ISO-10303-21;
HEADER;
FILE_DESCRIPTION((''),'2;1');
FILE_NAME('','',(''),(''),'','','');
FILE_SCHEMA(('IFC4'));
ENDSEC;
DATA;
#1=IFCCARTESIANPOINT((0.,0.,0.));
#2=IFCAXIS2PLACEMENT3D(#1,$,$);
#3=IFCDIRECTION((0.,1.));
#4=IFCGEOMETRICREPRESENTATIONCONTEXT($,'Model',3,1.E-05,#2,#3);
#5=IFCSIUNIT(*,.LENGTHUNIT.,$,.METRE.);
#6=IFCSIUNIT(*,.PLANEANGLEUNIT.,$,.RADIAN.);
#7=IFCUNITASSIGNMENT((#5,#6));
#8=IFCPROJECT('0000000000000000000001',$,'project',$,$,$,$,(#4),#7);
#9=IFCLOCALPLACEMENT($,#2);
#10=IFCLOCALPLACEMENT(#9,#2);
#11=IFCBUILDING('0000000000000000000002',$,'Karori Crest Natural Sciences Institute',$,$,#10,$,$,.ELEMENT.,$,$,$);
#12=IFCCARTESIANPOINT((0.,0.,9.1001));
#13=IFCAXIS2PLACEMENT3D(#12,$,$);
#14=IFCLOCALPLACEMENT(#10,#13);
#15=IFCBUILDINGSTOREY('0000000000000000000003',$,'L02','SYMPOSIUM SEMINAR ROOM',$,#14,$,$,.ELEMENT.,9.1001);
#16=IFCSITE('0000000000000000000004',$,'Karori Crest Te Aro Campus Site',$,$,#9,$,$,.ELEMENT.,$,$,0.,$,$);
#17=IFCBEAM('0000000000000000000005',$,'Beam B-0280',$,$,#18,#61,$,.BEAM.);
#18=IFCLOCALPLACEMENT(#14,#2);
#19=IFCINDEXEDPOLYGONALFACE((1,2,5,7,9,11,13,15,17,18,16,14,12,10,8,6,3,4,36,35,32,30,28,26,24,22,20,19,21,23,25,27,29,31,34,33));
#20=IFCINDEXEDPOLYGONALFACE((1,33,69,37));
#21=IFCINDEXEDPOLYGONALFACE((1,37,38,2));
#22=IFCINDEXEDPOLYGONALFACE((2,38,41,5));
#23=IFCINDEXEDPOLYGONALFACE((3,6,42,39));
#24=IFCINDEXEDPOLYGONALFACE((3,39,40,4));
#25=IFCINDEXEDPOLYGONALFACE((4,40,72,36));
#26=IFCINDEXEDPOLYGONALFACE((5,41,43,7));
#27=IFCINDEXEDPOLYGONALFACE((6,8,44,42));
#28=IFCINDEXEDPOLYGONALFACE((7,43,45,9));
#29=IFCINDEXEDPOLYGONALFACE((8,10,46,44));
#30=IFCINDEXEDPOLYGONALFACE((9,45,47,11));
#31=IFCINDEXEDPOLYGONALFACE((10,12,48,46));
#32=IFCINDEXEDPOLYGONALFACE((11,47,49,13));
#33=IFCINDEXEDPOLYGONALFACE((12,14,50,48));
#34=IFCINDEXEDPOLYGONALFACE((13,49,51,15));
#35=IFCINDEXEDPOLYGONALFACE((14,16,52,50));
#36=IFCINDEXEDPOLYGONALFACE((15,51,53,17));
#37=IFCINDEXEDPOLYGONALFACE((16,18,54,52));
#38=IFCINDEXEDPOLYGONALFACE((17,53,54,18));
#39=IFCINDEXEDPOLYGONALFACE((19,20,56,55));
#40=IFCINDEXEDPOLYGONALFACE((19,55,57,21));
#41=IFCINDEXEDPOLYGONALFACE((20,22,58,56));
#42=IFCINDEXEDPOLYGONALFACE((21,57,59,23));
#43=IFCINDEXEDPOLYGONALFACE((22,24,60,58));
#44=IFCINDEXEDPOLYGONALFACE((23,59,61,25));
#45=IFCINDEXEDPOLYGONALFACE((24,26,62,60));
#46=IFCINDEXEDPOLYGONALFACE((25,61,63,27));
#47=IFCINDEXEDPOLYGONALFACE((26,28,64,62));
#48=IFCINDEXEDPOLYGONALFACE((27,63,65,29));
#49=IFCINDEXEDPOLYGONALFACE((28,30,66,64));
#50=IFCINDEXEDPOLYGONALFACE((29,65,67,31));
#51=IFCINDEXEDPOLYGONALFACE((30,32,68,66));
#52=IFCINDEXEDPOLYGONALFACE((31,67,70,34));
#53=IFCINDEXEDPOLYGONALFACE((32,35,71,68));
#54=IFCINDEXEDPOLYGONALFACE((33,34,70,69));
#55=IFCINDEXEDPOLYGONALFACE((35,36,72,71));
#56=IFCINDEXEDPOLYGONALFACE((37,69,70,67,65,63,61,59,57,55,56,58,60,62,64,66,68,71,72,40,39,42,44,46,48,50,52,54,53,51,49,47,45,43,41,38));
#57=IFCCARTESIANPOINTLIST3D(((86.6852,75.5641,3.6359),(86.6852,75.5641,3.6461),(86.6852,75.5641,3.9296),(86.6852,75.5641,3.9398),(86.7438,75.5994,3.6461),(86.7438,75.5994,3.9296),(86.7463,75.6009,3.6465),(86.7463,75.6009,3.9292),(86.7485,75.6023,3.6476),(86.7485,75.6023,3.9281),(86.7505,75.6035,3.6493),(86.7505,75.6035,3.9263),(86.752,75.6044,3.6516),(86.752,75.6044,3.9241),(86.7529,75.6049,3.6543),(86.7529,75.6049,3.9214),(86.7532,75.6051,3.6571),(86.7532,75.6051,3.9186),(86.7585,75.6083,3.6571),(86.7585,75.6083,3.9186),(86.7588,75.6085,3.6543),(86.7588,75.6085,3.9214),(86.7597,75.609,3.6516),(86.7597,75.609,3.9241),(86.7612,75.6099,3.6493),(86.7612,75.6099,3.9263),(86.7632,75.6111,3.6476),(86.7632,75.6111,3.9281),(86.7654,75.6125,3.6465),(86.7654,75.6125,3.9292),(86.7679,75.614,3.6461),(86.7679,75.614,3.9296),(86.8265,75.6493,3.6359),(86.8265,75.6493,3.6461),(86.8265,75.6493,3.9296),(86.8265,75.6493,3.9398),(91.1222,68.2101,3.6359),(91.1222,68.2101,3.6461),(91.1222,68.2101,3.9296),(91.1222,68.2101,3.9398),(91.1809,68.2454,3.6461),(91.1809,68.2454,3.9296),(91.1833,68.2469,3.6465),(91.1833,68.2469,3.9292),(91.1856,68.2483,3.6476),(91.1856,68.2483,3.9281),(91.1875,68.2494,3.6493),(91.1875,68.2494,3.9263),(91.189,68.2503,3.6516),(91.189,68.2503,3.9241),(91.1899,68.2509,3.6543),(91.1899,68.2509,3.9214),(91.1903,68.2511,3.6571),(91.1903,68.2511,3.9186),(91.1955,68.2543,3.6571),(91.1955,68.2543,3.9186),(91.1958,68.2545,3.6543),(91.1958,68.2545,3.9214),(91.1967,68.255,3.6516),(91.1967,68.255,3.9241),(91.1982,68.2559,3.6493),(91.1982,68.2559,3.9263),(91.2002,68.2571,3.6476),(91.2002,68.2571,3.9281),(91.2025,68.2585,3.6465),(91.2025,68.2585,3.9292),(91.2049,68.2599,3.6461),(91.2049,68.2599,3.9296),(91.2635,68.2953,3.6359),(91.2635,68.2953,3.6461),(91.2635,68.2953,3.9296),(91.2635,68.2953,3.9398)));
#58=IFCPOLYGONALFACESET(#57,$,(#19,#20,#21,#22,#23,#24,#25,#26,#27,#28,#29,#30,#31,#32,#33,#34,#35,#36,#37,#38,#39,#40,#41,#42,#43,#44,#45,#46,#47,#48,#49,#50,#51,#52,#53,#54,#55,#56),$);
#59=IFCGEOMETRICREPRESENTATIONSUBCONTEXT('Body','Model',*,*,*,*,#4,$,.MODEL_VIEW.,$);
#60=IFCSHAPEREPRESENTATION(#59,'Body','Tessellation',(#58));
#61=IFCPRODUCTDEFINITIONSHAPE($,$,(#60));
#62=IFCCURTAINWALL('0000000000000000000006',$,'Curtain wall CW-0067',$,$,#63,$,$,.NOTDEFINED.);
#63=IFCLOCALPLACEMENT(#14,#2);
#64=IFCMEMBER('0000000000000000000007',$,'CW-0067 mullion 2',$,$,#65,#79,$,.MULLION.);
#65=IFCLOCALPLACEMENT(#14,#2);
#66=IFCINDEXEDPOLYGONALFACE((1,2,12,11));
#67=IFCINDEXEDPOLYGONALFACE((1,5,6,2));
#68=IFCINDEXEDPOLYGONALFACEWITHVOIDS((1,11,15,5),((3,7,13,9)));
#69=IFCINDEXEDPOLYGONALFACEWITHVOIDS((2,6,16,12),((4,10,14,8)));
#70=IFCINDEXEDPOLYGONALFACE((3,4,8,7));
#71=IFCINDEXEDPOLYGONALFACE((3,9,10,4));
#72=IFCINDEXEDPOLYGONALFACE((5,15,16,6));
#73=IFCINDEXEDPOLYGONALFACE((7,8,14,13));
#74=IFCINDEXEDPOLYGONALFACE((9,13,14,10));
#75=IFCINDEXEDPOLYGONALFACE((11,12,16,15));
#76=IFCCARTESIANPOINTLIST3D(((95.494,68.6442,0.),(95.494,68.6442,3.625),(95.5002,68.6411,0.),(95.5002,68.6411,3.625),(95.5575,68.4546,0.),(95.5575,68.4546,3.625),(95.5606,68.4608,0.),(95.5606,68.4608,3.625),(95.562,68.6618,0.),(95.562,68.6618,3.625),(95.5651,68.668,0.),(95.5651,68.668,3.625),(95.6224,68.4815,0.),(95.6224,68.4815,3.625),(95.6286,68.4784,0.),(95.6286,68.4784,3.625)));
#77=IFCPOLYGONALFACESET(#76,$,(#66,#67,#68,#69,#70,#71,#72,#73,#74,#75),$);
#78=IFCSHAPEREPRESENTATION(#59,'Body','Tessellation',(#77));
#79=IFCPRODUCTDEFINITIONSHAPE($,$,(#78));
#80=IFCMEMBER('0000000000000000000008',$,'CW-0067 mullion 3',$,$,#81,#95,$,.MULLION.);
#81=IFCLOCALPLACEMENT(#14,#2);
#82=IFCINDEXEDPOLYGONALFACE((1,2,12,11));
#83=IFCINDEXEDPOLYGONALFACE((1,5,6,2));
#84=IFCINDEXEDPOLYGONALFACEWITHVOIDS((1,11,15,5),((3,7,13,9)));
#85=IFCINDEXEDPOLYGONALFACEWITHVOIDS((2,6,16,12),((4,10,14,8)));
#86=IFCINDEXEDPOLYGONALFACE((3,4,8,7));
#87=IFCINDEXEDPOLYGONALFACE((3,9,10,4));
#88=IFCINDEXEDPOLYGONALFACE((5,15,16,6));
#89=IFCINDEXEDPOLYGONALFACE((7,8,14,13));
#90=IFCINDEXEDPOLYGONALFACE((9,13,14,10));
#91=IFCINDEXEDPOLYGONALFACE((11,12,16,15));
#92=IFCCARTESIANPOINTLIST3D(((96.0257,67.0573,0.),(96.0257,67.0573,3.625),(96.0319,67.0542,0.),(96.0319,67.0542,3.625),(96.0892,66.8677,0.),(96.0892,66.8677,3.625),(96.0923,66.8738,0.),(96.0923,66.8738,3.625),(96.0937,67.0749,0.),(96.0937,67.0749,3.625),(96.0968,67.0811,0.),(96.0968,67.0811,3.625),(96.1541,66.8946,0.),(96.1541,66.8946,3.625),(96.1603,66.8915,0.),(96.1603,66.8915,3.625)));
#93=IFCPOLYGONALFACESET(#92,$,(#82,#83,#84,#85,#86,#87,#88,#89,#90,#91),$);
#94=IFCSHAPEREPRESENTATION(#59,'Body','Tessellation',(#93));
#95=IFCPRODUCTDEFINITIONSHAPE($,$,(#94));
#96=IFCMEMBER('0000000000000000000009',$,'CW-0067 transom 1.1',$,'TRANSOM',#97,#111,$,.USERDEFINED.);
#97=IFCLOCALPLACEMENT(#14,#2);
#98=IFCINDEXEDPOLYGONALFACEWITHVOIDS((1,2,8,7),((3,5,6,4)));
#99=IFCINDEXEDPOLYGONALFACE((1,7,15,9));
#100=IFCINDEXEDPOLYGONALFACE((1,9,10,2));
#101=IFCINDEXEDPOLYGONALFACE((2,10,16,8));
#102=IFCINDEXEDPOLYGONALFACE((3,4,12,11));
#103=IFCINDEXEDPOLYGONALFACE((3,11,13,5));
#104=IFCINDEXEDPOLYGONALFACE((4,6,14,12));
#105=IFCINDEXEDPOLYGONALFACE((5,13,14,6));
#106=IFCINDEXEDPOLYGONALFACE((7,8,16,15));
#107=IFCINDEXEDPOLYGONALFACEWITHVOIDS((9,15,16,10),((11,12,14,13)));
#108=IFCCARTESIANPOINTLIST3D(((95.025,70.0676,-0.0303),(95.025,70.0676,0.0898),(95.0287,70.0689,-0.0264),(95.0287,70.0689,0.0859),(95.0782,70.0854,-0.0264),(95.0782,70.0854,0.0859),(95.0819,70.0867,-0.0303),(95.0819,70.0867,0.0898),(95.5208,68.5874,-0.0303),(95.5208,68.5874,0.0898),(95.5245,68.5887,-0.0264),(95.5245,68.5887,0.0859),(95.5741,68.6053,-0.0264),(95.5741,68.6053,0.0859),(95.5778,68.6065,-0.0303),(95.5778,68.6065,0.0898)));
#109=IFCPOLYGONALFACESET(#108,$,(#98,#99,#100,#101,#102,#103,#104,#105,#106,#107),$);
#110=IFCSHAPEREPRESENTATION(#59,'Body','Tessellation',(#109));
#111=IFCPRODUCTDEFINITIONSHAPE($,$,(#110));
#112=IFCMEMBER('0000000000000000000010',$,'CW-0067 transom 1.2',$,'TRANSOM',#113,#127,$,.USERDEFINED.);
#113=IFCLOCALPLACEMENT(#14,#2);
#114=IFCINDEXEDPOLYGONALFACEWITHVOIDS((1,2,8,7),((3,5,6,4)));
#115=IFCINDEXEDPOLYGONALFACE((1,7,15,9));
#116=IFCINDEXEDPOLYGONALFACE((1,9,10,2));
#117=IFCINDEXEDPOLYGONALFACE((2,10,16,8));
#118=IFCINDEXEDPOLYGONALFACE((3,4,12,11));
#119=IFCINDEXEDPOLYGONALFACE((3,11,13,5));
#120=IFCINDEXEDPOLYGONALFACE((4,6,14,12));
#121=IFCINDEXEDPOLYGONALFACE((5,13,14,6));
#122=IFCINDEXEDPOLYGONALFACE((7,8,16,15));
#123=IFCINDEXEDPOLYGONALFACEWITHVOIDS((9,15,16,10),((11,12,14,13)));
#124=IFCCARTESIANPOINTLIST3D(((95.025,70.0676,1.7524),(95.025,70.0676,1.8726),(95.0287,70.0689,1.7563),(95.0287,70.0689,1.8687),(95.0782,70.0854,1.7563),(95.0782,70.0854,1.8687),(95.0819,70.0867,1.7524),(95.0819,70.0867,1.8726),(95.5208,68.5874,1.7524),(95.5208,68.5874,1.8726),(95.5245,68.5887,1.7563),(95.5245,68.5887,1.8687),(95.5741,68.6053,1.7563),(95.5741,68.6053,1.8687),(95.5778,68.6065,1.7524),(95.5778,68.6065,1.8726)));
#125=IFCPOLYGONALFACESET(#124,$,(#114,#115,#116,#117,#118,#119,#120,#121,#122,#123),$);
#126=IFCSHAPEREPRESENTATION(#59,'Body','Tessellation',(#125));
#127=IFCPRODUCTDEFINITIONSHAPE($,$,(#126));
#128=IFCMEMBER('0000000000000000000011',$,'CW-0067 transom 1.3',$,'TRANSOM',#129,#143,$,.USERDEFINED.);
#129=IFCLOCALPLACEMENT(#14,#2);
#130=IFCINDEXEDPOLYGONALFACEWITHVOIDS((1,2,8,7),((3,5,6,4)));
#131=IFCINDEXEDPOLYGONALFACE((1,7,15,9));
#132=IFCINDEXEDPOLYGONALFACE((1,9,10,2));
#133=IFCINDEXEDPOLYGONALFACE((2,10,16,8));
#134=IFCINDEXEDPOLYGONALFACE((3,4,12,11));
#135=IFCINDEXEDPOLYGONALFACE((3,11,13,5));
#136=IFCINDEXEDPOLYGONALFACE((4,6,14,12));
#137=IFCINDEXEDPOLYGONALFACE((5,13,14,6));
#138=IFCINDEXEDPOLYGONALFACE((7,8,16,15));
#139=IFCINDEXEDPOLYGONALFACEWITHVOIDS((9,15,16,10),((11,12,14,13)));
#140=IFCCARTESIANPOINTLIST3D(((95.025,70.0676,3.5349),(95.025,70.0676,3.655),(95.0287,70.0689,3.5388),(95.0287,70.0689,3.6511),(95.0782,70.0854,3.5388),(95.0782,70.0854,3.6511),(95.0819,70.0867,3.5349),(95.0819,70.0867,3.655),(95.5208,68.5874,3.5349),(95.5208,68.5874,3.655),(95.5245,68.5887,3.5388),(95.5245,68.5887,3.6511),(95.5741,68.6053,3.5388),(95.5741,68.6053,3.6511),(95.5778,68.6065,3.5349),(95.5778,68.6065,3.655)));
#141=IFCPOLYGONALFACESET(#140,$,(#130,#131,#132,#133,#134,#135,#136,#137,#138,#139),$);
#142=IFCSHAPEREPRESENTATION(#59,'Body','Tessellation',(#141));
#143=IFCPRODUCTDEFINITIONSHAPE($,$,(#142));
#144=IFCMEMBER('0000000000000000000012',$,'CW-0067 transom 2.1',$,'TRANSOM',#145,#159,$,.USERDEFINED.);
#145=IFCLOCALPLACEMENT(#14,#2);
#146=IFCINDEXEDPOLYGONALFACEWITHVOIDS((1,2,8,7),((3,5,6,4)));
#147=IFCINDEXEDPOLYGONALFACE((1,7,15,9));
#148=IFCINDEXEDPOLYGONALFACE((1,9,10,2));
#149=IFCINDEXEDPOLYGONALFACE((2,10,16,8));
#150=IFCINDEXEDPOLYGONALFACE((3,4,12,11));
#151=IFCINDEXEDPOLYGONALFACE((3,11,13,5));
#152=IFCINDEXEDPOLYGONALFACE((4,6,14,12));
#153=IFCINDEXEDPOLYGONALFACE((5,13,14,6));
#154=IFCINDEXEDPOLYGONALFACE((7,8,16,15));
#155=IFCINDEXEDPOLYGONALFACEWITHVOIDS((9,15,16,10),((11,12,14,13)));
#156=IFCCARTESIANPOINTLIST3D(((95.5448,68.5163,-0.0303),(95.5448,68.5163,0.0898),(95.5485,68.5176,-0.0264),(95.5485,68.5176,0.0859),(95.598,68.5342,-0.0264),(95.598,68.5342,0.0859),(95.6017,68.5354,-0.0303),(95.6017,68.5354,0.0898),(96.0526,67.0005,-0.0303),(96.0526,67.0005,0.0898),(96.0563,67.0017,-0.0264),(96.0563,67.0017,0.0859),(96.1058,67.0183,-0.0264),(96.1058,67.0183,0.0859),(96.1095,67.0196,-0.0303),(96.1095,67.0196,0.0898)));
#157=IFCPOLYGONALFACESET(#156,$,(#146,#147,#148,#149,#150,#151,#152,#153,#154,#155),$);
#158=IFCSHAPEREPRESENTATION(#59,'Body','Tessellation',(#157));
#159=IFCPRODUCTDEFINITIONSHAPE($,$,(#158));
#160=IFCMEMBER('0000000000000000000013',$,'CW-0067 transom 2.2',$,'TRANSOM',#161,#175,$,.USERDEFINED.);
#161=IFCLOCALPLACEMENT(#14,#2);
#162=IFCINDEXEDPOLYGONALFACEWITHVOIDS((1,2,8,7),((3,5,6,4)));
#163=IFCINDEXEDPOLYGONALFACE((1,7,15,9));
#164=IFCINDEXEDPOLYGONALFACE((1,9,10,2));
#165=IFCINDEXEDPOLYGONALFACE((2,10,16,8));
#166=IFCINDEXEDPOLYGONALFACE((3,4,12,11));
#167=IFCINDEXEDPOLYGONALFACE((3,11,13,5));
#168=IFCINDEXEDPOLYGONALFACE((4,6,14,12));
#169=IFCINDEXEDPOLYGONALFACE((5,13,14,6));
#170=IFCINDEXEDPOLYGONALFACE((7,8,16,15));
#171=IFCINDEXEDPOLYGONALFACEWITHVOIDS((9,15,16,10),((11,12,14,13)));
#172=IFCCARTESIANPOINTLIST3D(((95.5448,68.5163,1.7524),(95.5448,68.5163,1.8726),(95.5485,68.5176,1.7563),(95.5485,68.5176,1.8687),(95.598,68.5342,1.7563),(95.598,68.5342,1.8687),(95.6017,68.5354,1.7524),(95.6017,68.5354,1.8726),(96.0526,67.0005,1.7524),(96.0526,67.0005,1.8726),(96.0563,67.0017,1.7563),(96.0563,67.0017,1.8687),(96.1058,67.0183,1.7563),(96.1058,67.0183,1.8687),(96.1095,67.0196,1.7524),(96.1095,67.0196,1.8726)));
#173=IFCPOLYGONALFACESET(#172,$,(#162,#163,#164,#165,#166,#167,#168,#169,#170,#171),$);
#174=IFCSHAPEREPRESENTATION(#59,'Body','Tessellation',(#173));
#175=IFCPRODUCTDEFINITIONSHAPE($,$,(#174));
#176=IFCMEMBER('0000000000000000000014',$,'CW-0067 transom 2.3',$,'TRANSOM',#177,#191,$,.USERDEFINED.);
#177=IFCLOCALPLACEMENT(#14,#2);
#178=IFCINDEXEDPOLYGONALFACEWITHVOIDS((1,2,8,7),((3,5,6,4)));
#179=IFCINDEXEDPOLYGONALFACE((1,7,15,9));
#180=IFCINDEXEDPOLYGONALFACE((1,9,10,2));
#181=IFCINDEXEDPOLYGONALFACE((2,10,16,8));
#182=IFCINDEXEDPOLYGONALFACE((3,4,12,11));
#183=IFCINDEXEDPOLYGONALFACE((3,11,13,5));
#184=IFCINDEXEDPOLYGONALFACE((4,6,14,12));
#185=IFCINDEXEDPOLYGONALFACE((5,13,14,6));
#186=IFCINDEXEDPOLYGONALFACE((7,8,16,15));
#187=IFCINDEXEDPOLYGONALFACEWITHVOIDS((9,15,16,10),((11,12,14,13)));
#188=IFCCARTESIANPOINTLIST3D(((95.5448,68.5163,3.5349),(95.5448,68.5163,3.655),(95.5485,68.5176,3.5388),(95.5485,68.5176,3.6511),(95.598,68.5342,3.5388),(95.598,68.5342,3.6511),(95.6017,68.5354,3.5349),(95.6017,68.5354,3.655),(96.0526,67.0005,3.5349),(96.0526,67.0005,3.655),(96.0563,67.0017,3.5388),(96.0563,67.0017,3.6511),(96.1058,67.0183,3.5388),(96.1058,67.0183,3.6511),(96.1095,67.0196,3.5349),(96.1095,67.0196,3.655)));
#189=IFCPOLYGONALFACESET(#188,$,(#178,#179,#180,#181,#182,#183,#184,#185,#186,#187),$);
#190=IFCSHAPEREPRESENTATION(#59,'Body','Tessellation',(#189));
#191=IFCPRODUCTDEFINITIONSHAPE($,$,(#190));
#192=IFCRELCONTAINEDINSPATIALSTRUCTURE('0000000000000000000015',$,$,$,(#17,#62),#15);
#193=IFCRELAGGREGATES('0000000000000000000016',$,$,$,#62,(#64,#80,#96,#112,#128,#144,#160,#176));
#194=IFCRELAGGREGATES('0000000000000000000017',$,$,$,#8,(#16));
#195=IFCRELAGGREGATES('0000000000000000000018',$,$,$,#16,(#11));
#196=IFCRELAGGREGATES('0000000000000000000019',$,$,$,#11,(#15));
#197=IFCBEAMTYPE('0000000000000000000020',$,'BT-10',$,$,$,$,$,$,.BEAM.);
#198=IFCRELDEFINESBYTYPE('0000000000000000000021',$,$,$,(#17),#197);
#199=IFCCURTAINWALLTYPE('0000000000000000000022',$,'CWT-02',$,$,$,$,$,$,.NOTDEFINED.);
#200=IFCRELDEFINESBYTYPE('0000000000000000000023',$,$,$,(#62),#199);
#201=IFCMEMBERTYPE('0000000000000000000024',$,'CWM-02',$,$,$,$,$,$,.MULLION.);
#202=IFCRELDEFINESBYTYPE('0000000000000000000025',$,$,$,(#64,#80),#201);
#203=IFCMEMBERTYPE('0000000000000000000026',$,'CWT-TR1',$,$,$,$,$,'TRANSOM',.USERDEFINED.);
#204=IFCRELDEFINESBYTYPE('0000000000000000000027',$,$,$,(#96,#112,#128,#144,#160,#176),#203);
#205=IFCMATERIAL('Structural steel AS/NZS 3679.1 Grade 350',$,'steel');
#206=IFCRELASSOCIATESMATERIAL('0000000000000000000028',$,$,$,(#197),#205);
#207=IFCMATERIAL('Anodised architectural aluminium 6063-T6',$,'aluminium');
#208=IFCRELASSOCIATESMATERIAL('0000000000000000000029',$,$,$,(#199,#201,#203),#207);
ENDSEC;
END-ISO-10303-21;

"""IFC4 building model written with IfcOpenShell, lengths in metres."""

from ifc_helpers import new_model, si_unit, direction, frame, origin, origin_2d, place, context, subcontext, project, spatial, hollow_rectangle, i_section, extrude, material, material_profile, profile_set, type_object, element, aggregate, save


model = new_model("IFC4")

# Units and contexts
model_context = context("Model", 3, precision=1e-05, world=origin(), true_north=direction((0.0, 1.0)))
body_context = subcontext(model_context, "Body", "Model", "MODEL_VIEW")
ifc_project = project(units=[si_unit("LENGTHUNIT", "METRE"), si_unit("PLANEANGLEUNIT", "RADIAN")], contexts=[model_context])

# Site, building, storey
site_placement = place(None, origin())
site = spatial("IfcSite", under=ifc_project, at=site_placement, Name="Karori Crest Te Aro Campus Site", CompositionType="ELEMENT", RefElevation=0.0)
building_placement = place(site_placement, origin())
building = spatial("IfcBuilding", under=site, at=building_placement, Name="Karori Crest Natural Sciences Institute", CompositionType="ELEMENT")
storey_placement = place(building_placement, frame((0.0, 0.0, 9.1001)))
storey = spatial("IfcBuildingStorey", under=building, at=storey_placement, Name="L02", Description="SYMPOSIUM SEMINAR ROOM", CompositionType="ELEMENT", Elevation=9.1001)

# Beam
ifc_material_1 = material(Name="Structural steel AS/NZS 3679.1 Grade 350", Category="steel")
ifc_material_profile_1 = material_profile(ifc_material_1, i_section(OverallWidth=0.165, OverallDepth=0.304, WebThickness=0.0061, FlangeThickness=0.0103, FilletRadius=0.011, at=origin_2d()), Name="310UB40.4")
ifc_profile_set_1 = profile_set([ifc_material_profile_1], Name="Structural steel AS/NZS 3679.1 Grade 350")
beam_type = type_object("IfcBeamType", Name="BT-10", PredefinedType="BEAM", material=ifc_profile_set_1)
beam_placement = place(storey_placement, frame((91.1929, 68.2527, 3.7878), z_axis=(-0.516601, 0.856226, 0.0), x_axis=(-0.856226, -0.516601, 0.0)))
element("IfcBeam", 1, at=beam_placement, inside=storey, type_object=beam_type, Name="Beam B-0280", PredefinedType="BEAM", context=body_context, shape_type="SweptSolid", body=[
    extrude(i_section(OverallWidth=0.165, OverallDepth=0.304, WebThickness=0.0061, FlangeThickness=0.0103, FilletRadius=0.011, at=origin_2d()), origin(), (0.0, 0.0, 1.0), 8.5889),
])

# Curtain wall, members
ifc_material_2 = material(Name="Anodised architectural aluminium 6063-T6", Category="aluminium")
curtain_wall_type = type_object("IfcCurtainWallType", Name="CWT-02", PredefinedType="NOTDEFINED", material=ifc_material_2)
curtain_wall_placement = place(storey_placement, origin())
curtain_wall = element("IfcCurtainWall", 2, at=curtain_wall_placement, inside=storey, type_object=curtain_wall_type, Name="Curtain wall CW-0067", PredefinedType="NOTDEFINED")
ifc_material_profile_2 = material_profile(ifc_material_2, hollow_rectangle(XDim=0.075, YDim=0.2, WallThickness=0.0049, at=origin_2d()), Name="CWM200x75x5")
ifc_profile_set_2 = profile_set([ifc_material_profile_2], Name="Anodised architectural aluminium 6063-T6")
member_type_1 = type_object("IfcMemberType", Name="CWM-02", PredefinedType="MULLION", material=ifc_profile_set_2)
member_1_placement = place(storey_placement, frame((95.5613, 68.5613, 0.0), z_axis=(0.0, 0.0, 1.0), x_axis=(0.948196, 0.317685, 0.0)))
member_1 = element("IfcMember", 3, at=member_1_placement, type_object=member_type_1, Name="CW-0067 mullion 2", PredefinedType="MULLION", context=body_context, shape_type="SweptSolid", body=[
    extrude(hollow_rectangle(XDim=0.075, YDim=0.2, WallThickness=0.0049, at=origin_2d()), origin(), (0.0, 0.0, 1.0), 3.625),
])
member_2_placement = place(storey_placement, frame((96.093, 66.9744, 0.0), z_axis=(0.0, 0.0, 1.0), x_axis=(0.948196, 0.317685, 0.0)))
member_2 = element("IfcMember", 4, at=member_2_placement, type_object=member_type_1, Name="CW-0067 mullion 3", PredefinedType="MULLION", context=body_context, shape_type="SweptSolid", body=[
    extrude(hollow_rectangle(XDim=0.075, YDim=0.2, WallThickness=0.0049, at=origin_2d()), origin(), (0.0, 0.0, 1.0), 3.625),
])
ifc_material_profile_3 = material_profile(ifc_material_2, hollow_rectangle(XDim=0.0601, YDim=0.1201, WallThickness=0.0039, at=origin_2d()), Name="CWT120x60x4")
ifc_profile_set_3 = profile_set([ifc_material_profile_3], Name="Anodised architectural aluminium 6063-T6")
member_type_2 = type_object("IfcMemberType", Name="CWT-TR1", ElementType="TRANSOM", PredefinedType="USERDEFINED", material=ifc_profile_set_3)
member_3_placement = place(storey_placement, frame((95.0535, 70.0771, 0.0298), z_axis=(0.317635, -0.948213, 0.0), x_axis=(0.948213, 0.317635, 0.0)))
member_3 = element("IfcMember", 5, at=member_3_placement, type_object=member_type_2, Name="CW-0067 transom 1.1", ObjectType="TRANSOM", PredefinedType="USERDEFINED", context=body_context, shape_type="SweptSolid", body=[
    extrude(hollow_rectangle(XDim=0.0601, YDim=0.1201, WallThickness=0.0039, at=origin_2d()), origin(), (0.0, 0.0, 1.0), 1.561),
])
member_4_placement = place(storey_placement, frame((95.0535, 70.0771, 1.8125), z_axis=(0.317635, -0.948213, 0.0), x_axis=(0.948213, 0.317635, 0.0)))
member_4 = element("IfcMember", 6, at=member_4_placement, type_object=member_type_2, Name="CW-0067 transom 1.2", ObjectType="TRANSOM", PredefinedType="USERDEFINED", context=body_context, shape_type="SweptSolid", body=[
    extrude(hollow_rectangle(XDim=0.0601, YDim=0.1201, WallThickness=0.0039, at=origin_2d()), origin(), (0.0, 0.0, 1.0), 1.561),
])
member_5_placement = place(storey_placement, frame((95.0535, 70.0771, 3.595), z_axis=(0.317635, -0.948213, 0.0), x_axis=(0.948213, 0.317635, 0.0)))
member_5 = element("IfcMember", 7, at=member_5_placement, type_object=member_type_2, Name="CW-0067 transom 1.3", ObjectType="TRANSOM", PredefinedType="USERDEFINED", context=body_context, shape_type="SweptSolid", body=[
    extrude(hollow_rectangle(XDim=0.0601, YDim=0.1201, WallThickness=0.0039, at=origin_2d()), origin(), (0.0, 0.0, 1.0), 1.561),
])
member_6_placement = place(storey_placement, frame((95.5732, 68.5259, 0.0298), z_axis=(0.317648, -0.948209, 0.0), x_axis=(0.948209, 0.317648, 0.0)))
member_6 = element("IfcMember", 8, at=member_6_placement, type_object=member_type_2, Name="CW-0067 transom 2.1", ObjectType="TRANSOM", PredefinedType="USERDEFINED", context=body_context, shape_type="SweptSolid", body=[
    extrude(hollow_rectangle(XDim=0.0601, YDim=0.1201, WallThickness=0.0039, at=origin_2d()), origin(), (0.0, 0.0, 1.0), 1.5986),
])
member_7_placement = place(storey_placement, frame((95.5732, 68.5259, 1.8125), z_axis=(0.317648, -0.948209, 0.0), x_axis=(0.948209, 0.317648, 0.0)))
member_7 = element("IfcMember", 9, at=member_7_placement, type_object=member_type_2, Name="CW-0067 transom 2.2", ObjectType="TRANSOM", PredefinedType="USERDEFINED", context=body_context, shape_type="SweptSolid", body=[
    extrude(hollow_rectangle(XDim=0.0601, YDim=0.1201, WallThickness=0.0039, at=origin_2d()), origin(), (0.0, 0.0, 1.0), 1.5986),
])
member_8_placement = place(storey_placement, frame((95.5732, 68.5259, 3.595), z_axis=(0.317648, -0.948209, 0.0), x_axis=(0.948209, 0.317648, 0.0)))
member_8 = element("IfcMember", 10, at=member_8_placement, type_object=member_type_2, Name="CW-0067 transom 2.3", ObjectType="TRANSOM", PredefinedType="USERDEFINED", context=body_context, shape_type="SweptSolid", body=[
    extrude(hollow_rectangle(XDim=0.0601, YDim=0.1201, WallThickness=0.0039, at=origin_2d()), origin(), (0.0, 0.0, 1.0), 1.5986),
])
aggregate(curtain_wall, [member_1, member_2, member_3, member_4, member_5, member_6, member_7, member_8])

save(model, "model.ifc")
